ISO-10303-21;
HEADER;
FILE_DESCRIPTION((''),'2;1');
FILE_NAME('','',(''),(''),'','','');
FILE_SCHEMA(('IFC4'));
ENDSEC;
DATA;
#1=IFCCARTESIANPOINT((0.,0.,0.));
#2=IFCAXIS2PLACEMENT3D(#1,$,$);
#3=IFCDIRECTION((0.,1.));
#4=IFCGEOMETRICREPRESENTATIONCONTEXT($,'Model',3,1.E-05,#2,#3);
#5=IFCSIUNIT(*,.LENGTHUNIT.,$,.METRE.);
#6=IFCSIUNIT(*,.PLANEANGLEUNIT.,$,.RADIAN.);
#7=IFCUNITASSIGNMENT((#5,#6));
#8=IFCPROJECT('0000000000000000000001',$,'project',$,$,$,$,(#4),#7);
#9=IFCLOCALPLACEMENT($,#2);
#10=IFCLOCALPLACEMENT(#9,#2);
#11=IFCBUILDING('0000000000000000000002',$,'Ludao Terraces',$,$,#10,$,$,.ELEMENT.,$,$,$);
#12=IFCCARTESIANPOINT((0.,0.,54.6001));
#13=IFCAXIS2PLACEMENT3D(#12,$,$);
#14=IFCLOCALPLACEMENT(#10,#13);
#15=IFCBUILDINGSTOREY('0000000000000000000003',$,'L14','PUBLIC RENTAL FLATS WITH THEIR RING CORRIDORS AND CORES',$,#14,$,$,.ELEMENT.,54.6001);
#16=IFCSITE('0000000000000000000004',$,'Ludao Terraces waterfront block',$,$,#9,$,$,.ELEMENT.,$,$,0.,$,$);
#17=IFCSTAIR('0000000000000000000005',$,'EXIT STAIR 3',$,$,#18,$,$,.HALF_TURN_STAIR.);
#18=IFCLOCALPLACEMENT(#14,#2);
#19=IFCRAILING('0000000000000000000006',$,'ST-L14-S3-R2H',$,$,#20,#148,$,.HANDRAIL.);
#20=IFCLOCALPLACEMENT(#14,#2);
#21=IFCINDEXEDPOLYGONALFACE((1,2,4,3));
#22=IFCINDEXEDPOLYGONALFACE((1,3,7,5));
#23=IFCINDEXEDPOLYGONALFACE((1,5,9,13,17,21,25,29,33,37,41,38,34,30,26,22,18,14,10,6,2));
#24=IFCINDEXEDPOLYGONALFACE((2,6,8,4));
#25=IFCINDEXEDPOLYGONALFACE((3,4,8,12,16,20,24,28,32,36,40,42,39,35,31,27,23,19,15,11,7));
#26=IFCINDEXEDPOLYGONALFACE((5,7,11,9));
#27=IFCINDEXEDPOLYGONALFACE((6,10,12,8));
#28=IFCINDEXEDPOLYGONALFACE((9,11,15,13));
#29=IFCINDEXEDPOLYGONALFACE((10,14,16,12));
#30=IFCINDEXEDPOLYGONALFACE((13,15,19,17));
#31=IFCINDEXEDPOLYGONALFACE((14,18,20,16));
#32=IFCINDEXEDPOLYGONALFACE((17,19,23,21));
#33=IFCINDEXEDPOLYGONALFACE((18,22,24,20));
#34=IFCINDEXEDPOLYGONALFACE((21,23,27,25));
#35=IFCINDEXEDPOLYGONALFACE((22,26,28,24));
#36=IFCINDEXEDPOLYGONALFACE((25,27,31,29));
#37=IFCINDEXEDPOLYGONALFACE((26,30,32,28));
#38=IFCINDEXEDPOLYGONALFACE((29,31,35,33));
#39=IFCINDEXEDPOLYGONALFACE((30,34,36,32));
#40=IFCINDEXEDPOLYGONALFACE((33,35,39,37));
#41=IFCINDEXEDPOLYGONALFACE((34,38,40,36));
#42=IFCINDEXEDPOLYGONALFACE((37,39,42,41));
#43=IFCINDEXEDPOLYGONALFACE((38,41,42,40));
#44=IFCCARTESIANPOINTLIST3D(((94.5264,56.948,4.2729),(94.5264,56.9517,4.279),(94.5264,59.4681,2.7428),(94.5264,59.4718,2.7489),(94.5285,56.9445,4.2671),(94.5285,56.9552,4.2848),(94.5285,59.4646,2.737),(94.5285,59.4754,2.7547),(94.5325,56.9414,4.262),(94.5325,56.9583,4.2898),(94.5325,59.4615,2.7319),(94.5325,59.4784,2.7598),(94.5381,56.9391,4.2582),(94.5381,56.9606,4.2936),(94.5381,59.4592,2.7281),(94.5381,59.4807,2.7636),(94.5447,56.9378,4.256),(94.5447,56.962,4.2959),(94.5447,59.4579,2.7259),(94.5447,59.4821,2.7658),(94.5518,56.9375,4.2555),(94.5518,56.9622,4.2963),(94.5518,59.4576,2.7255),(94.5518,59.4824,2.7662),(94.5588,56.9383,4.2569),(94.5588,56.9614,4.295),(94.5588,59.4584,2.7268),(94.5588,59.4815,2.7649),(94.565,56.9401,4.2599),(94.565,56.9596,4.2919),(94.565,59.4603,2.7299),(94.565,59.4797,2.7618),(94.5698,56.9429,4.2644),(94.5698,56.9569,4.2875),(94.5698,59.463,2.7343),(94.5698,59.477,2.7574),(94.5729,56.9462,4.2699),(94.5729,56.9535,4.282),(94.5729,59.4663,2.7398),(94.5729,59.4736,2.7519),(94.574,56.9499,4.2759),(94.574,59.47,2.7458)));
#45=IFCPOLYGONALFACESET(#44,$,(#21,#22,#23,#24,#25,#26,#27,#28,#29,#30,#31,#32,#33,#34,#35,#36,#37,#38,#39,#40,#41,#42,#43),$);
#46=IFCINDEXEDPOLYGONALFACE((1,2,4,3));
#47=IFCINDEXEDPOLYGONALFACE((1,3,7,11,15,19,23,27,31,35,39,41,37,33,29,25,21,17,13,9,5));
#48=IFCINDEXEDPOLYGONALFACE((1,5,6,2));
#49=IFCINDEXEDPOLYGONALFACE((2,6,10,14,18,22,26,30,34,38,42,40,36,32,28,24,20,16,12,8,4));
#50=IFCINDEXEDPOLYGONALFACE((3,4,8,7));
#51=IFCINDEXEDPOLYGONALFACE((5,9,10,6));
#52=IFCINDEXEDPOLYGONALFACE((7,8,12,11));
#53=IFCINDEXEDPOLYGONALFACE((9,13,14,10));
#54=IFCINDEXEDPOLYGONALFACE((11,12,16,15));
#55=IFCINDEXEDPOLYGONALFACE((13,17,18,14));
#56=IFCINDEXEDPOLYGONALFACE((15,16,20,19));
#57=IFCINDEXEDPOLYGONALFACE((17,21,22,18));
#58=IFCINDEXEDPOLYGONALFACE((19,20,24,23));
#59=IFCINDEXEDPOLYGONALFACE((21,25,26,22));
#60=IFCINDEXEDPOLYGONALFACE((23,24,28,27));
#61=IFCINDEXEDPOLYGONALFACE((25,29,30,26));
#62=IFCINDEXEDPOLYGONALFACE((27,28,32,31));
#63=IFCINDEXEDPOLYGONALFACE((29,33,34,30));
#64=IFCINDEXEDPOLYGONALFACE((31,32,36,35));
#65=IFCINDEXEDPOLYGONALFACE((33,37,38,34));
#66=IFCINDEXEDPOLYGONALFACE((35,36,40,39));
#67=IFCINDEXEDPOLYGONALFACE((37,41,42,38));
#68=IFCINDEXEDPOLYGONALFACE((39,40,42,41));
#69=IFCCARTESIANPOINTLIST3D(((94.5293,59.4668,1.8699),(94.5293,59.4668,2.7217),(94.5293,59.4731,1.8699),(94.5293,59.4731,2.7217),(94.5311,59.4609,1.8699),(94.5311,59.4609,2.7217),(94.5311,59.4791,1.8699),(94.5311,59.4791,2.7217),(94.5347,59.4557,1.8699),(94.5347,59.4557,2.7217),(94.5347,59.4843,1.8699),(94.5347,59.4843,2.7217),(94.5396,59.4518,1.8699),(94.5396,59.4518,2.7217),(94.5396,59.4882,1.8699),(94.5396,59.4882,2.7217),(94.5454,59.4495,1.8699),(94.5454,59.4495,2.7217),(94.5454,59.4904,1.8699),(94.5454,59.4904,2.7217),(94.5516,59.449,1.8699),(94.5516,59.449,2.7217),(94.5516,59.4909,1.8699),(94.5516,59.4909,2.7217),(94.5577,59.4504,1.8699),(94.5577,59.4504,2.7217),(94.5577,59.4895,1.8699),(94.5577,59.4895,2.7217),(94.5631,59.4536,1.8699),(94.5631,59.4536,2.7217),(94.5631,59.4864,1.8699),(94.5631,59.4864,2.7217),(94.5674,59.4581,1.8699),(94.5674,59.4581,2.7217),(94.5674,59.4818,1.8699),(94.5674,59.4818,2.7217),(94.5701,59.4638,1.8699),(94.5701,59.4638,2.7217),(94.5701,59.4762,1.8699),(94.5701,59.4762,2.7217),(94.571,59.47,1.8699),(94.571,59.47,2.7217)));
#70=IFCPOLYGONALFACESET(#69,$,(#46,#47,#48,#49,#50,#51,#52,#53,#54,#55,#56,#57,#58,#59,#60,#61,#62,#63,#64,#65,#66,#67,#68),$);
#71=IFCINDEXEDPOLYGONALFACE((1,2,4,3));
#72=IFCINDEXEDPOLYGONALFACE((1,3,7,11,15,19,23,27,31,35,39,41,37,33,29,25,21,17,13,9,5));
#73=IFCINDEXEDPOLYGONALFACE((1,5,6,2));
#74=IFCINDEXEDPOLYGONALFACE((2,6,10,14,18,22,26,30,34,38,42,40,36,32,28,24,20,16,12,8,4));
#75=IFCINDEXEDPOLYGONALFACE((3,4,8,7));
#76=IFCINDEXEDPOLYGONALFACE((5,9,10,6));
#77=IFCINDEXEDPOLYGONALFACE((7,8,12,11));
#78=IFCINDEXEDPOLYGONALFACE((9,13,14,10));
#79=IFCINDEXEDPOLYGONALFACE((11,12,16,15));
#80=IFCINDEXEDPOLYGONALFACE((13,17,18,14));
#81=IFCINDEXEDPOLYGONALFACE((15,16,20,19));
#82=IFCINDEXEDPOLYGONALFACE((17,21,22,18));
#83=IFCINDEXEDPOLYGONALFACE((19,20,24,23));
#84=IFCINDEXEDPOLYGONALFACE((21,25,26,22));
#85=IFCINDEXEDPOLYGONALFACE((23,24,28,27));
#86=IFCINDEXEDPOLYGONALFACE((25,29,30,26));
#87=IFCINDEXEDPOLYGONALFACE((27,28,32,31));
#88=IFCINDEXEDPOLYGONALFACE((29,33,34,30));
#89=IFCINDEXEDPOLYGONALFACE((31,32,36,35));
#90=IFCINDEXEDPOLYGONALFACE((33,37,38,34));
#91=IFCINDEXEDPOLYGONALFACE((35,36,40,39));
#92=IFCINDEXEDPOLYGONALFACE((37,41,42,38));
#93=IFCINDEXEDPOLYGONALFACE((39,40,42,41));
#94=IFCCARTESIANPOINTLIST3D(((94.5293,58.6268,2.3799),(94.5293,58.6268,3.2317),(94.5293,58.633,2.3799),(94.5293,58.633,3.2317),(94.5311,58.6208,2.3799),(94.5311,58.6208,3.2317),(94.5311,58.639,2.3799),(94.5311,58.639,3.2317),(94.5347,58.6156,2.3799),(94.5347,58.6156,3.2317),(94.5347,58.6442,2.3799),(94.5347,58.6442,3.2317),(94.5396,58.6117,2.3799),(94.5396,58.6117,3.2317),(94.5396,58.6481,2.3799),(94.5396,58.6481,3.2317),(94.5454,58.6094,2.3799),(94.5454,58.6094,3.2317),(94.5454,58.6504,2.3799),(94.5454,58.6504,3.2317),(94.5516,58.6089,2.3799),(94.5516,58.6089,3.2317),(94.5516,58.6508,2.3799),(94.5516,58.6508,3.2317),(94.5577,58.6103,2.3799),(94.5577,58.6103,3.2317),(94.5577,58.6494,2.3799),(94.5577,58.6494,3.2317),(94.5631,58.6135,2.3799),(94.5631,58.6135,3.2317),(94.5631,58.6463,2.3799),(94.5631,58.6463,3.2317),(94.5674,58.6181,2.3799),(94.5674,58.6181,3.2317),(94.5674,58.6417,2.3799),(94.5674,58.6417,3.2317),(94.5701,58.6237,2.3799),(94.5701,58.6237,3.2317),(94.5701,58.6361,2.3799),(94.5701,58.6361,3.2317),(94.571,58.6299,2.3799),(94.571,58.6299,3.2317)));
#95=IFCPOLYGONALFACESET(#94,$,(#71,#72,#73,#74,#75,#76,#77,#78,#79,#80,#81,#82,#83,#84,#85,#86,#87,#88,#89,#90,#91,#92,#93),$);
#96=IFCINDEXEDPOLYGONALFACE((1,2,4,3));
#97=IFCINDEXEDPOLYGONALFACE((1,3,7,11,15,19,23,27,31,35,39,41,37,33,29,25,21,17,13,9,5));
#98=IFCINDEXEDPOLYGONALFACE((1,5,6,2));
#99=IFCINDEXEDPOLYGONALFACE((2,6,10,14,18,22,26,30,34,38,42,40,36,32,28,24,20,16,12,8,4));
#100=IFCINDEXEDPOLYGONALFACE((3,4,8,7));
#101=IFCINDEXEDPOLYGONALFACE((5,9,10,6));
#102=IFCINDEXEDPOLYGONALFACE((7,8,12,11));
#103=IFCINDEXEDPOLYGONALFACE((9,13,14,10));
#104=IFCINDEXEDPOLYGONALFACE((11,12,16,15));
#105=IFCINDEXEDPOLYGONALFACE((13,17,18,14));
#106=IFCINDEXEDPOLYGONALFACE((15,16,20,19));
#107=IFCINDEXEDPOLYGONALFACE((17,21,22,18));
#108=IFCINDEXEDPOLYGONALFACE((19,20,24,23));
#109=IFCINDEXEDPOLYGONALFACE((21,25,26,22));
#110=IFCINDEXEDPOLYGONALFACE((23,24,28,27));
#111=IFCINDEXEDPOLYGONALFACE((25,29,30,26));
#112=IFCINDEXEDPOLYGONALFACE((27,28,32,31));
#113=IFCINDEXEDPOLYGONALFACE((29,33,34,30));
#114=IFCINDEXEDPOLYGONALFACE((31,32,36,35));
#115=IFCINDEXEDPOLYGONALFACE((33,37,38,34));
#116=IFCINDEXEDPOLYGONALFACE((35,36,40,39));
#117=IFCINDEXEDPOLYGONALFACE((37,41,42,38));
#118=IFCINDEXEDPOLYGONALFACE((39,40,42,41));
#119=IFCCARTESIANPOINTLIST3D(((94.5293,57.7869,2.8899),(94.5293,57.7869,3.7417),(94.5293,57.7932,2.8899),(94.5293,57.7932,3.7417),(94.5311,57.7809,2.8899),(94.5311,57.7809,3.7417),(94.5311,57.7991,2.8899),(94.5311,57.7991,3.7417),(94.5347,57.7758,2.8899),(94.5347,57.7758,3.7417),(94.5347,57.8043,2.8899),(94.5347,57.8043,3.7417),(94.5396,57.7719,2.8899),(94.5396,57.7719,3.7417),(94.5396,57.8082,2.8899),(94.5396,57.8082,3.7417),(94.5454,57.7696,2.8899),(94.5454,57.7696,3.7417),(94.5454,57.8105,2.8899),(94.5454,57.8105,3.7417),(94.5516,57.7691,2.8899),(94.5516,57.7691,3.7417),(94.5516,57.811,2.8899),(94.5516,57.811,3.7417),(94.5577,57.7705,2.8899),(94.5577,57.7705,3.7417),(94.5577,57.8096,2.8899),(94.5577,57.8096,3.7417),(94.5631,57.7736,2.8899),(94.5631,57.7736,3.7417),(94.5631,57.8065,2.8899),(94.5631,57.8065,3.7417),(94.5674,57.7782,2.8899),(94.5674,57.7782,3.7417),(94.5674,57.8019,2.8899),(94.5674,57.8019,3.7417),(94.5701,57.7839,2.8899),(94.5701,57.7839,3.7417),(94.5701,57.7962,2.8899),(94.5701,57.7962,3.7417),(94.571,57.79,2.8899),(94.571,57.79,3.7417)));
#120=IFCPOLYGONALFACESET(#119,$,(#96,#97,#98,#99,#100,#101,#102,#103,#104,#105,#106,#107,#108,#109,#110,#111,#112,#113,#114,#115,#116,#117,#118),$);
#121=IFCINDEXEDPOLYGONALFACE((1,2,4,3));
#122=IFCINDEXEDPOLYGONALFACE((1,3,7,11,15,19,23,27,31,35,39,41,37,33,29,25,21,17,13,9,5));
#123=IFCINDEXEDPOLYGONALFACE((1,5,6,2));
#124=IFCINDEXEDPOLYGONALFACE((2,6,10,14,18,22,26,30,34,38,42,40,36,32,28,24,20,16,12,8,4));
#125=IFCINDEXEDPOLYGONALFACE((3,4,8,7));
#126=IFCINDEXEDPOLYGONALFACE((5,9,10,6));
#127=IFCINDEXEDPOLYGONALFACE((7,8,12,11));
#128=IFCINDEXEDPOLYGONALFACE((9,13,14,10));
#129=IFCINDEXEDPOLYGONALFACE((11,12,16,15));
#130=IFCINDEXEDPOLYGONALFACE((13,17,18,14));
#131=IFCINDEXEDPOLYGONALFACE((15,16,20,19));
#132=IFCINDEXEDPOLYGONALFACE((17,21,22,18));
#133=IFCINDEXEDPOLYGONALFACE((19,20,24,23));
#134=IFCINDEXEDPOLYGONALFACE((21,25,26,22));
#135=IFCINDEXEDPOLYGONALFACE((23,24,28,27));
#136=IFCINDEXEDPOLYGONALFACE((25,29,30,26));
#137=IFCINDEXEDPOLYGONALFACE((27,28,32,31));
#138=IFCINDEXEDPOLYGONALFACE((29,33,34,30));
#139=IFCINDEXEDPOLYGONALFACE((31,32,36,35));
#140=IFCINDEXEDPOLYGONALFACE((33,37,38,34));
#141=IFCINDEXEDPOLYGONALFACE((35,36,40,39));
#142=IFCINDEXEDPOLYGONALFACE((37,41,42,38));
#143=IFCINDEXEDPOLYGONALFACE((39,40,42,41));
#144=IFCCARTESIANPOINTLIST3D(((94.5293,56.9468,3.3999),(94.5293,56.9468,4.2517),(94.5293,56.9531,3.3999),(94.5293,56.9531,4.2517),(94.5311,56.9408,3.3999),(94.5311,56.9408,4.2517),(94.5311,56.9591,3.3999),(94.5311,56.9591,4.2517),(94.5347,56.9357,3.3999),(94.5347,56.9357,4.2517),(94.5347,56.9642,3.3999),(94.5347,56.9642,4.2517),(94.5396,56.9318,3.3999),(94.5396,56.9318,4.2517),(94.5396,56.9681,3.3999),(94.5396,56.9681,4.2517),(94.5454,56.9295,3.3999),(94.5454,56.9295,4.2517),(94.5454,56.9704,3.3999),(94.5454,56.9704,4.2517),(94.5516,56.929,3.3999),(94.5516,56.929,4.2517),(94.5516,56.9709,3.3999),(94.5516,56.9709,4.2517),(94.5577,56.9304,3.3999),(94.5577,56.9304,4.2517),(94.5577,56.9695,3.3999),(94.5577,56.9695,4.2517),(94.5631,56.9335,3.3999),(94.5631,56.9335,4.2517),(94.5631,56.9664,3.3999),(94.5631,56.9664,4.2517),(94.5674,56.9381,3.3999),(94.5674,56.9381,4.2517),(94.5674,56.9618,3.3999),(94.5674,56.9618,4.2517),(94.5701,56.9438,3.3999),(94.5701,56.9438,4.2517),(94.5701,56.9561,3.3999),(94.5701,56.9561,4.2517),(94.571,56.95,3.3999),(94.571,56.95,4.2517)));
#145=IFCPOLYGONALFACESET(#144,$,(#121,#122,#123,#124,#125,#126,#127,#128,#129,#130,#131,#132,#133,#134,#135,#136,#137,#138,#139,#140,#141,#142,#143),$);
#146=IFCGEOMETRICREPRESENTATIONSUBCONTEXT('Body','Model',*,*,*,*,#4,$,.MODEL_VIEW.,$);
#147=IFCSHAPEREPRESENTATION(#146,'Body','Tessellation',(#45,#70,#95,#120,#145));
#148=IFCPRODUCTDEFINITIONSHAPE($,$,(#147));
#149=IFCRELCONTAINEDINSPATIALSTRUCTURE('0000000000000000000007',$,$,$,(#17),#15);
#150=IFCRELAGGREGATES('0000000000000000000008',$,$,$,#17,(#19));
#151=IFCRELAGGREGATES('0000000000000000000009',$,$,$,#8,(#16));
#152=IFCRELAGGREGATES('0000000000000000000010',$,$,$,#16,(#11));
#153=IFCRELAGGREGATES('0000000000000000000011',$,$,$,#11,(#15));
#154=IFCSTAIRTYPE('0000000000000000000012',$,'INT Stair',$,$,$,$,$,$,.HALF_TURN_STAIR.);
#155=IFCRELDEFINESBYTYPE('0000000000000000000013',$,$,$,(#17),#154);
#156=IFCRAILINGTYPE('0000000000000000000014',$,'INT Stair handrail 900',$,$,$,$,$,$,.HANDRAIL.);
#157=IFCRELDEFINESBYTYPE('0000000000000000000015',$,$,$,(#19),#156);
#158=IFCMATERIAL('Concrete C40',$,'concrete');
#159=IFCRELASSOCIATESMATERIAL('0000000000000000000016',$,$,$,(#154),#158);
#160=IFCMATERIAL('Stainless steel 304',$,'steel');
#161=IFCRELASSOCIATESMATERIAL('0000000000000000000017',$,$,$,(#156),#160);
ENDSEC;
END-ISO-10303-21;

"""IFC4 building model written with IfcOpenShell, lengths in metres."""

from ifc_helpers import new_model, si_unit, direction, frame, origin, origin_2d, place, context, subcontext, project, spatial, circle, extrude, material, type_object, element, aggregate, save


model = new_model("IFC4")

# Units and contexts
model_context = context("Model", 3, precision=1e-05, world=origin(), true_north=direction((0.0, 1.0)))
body_context = subcontext(model_context, "Body", "Model", "MODEL_VIEW")
ifc_project = project(units=[si_unit("LENGTHUNIT", "METRE"), si_unit("PLANEANGLEUNIT", "RADIAN")], contexts=[model_context])

# Site, building, storey
site_placement = place(None, origin())
site = spatial("IfcSite", under=ifc_project, at=site_placement, Name="Ludao Terraces waterfront block", CompositionType="ELEMENT", RefElevation=0.0)
building_placement = place(site_placement, origin())
building = spatial("IfcBuilding", under=site, at=building_placement, Name="Ludao Terraces", CompositionType="ELEMENT")
storey_placement = place(building_placement, frame((0.0, 0.0, 54.6001)))
storey = spatial("IfcBuildingStorey", under=building, at=storey_placement, Name="L14", Description="PUBLIC RENTAL FLATS WITH THEIR RING CORRIDORS AND CORES", CompositionType="ELEMENT", Elevation=54.6001)

# Stair, railing
ifc_material_1 = material(Name="Concrete C40", Category="concrete")
stair_type = type_object("IfcStairType", Name="INT Stair", PredefinedType="HALF_TURN_STAIR", material=ifc_material_1)
stair_placement = place(storey_placement, origin())
stair = element("IfcStair", 1, at=stair_placement, inside=storey, type_object=stair_type, Name="EXIT STAIR 3", PredefinedType="HALF_TURN_STAIR")
ifc_material_2 = material(Name="Stainless steel 304", Category="steel")
railing_type_1 = type_object("IfcRailingType", Name="INT Stair handrail 900", PredefinedType="HANDRAIL", material=ifc_material_2)
railing_1_placement = place(storey_placement, frame((94.55, 59.47, 1.8699)))
railing_1 = element("IfcRailing", 2, at=railing_1_placement, type_object=railing_type_1, Name="ST-L14-S3-R2H", PredefinedType="HANDRAIL", context=body_context, shape_type="SweptSolid", body=[
    extrude(circle(Radius=0.0239, at=origin_2d()), frame((0.0, 0.0, 0.876), z_axis=(0.0, -0.854785, 0.518982), x_axis=(1.0, 0.0, 0.0)), (0.0, 0.0, 1.0), 2.9482),
    extrude(circle(Radius=0.021, at=origin_2d()), origin(), (0.0, 0.0, 1.0), 0.8518),
    extrude(circle(Radius=0.021, at=origin_2d()), frame((0.0, -0.8401, 0.51)), (0.0, 0.0, 1.0), 0.8518),
    extrude(circle(Radius=0.021, at=origin_2d()), frame((0.0, -1.6799, 1.02)), (0.0, 0.0, 1.0), 0.8518),
    extrude(circle(Radius=0.021, at=origin_2d()), frame((0.0, -2.52, 1.53)), (0.0, 0.0, 1.0), 0.8518),
])
aggregate(stair, [railing_1])

save(model, "model.ifc")
